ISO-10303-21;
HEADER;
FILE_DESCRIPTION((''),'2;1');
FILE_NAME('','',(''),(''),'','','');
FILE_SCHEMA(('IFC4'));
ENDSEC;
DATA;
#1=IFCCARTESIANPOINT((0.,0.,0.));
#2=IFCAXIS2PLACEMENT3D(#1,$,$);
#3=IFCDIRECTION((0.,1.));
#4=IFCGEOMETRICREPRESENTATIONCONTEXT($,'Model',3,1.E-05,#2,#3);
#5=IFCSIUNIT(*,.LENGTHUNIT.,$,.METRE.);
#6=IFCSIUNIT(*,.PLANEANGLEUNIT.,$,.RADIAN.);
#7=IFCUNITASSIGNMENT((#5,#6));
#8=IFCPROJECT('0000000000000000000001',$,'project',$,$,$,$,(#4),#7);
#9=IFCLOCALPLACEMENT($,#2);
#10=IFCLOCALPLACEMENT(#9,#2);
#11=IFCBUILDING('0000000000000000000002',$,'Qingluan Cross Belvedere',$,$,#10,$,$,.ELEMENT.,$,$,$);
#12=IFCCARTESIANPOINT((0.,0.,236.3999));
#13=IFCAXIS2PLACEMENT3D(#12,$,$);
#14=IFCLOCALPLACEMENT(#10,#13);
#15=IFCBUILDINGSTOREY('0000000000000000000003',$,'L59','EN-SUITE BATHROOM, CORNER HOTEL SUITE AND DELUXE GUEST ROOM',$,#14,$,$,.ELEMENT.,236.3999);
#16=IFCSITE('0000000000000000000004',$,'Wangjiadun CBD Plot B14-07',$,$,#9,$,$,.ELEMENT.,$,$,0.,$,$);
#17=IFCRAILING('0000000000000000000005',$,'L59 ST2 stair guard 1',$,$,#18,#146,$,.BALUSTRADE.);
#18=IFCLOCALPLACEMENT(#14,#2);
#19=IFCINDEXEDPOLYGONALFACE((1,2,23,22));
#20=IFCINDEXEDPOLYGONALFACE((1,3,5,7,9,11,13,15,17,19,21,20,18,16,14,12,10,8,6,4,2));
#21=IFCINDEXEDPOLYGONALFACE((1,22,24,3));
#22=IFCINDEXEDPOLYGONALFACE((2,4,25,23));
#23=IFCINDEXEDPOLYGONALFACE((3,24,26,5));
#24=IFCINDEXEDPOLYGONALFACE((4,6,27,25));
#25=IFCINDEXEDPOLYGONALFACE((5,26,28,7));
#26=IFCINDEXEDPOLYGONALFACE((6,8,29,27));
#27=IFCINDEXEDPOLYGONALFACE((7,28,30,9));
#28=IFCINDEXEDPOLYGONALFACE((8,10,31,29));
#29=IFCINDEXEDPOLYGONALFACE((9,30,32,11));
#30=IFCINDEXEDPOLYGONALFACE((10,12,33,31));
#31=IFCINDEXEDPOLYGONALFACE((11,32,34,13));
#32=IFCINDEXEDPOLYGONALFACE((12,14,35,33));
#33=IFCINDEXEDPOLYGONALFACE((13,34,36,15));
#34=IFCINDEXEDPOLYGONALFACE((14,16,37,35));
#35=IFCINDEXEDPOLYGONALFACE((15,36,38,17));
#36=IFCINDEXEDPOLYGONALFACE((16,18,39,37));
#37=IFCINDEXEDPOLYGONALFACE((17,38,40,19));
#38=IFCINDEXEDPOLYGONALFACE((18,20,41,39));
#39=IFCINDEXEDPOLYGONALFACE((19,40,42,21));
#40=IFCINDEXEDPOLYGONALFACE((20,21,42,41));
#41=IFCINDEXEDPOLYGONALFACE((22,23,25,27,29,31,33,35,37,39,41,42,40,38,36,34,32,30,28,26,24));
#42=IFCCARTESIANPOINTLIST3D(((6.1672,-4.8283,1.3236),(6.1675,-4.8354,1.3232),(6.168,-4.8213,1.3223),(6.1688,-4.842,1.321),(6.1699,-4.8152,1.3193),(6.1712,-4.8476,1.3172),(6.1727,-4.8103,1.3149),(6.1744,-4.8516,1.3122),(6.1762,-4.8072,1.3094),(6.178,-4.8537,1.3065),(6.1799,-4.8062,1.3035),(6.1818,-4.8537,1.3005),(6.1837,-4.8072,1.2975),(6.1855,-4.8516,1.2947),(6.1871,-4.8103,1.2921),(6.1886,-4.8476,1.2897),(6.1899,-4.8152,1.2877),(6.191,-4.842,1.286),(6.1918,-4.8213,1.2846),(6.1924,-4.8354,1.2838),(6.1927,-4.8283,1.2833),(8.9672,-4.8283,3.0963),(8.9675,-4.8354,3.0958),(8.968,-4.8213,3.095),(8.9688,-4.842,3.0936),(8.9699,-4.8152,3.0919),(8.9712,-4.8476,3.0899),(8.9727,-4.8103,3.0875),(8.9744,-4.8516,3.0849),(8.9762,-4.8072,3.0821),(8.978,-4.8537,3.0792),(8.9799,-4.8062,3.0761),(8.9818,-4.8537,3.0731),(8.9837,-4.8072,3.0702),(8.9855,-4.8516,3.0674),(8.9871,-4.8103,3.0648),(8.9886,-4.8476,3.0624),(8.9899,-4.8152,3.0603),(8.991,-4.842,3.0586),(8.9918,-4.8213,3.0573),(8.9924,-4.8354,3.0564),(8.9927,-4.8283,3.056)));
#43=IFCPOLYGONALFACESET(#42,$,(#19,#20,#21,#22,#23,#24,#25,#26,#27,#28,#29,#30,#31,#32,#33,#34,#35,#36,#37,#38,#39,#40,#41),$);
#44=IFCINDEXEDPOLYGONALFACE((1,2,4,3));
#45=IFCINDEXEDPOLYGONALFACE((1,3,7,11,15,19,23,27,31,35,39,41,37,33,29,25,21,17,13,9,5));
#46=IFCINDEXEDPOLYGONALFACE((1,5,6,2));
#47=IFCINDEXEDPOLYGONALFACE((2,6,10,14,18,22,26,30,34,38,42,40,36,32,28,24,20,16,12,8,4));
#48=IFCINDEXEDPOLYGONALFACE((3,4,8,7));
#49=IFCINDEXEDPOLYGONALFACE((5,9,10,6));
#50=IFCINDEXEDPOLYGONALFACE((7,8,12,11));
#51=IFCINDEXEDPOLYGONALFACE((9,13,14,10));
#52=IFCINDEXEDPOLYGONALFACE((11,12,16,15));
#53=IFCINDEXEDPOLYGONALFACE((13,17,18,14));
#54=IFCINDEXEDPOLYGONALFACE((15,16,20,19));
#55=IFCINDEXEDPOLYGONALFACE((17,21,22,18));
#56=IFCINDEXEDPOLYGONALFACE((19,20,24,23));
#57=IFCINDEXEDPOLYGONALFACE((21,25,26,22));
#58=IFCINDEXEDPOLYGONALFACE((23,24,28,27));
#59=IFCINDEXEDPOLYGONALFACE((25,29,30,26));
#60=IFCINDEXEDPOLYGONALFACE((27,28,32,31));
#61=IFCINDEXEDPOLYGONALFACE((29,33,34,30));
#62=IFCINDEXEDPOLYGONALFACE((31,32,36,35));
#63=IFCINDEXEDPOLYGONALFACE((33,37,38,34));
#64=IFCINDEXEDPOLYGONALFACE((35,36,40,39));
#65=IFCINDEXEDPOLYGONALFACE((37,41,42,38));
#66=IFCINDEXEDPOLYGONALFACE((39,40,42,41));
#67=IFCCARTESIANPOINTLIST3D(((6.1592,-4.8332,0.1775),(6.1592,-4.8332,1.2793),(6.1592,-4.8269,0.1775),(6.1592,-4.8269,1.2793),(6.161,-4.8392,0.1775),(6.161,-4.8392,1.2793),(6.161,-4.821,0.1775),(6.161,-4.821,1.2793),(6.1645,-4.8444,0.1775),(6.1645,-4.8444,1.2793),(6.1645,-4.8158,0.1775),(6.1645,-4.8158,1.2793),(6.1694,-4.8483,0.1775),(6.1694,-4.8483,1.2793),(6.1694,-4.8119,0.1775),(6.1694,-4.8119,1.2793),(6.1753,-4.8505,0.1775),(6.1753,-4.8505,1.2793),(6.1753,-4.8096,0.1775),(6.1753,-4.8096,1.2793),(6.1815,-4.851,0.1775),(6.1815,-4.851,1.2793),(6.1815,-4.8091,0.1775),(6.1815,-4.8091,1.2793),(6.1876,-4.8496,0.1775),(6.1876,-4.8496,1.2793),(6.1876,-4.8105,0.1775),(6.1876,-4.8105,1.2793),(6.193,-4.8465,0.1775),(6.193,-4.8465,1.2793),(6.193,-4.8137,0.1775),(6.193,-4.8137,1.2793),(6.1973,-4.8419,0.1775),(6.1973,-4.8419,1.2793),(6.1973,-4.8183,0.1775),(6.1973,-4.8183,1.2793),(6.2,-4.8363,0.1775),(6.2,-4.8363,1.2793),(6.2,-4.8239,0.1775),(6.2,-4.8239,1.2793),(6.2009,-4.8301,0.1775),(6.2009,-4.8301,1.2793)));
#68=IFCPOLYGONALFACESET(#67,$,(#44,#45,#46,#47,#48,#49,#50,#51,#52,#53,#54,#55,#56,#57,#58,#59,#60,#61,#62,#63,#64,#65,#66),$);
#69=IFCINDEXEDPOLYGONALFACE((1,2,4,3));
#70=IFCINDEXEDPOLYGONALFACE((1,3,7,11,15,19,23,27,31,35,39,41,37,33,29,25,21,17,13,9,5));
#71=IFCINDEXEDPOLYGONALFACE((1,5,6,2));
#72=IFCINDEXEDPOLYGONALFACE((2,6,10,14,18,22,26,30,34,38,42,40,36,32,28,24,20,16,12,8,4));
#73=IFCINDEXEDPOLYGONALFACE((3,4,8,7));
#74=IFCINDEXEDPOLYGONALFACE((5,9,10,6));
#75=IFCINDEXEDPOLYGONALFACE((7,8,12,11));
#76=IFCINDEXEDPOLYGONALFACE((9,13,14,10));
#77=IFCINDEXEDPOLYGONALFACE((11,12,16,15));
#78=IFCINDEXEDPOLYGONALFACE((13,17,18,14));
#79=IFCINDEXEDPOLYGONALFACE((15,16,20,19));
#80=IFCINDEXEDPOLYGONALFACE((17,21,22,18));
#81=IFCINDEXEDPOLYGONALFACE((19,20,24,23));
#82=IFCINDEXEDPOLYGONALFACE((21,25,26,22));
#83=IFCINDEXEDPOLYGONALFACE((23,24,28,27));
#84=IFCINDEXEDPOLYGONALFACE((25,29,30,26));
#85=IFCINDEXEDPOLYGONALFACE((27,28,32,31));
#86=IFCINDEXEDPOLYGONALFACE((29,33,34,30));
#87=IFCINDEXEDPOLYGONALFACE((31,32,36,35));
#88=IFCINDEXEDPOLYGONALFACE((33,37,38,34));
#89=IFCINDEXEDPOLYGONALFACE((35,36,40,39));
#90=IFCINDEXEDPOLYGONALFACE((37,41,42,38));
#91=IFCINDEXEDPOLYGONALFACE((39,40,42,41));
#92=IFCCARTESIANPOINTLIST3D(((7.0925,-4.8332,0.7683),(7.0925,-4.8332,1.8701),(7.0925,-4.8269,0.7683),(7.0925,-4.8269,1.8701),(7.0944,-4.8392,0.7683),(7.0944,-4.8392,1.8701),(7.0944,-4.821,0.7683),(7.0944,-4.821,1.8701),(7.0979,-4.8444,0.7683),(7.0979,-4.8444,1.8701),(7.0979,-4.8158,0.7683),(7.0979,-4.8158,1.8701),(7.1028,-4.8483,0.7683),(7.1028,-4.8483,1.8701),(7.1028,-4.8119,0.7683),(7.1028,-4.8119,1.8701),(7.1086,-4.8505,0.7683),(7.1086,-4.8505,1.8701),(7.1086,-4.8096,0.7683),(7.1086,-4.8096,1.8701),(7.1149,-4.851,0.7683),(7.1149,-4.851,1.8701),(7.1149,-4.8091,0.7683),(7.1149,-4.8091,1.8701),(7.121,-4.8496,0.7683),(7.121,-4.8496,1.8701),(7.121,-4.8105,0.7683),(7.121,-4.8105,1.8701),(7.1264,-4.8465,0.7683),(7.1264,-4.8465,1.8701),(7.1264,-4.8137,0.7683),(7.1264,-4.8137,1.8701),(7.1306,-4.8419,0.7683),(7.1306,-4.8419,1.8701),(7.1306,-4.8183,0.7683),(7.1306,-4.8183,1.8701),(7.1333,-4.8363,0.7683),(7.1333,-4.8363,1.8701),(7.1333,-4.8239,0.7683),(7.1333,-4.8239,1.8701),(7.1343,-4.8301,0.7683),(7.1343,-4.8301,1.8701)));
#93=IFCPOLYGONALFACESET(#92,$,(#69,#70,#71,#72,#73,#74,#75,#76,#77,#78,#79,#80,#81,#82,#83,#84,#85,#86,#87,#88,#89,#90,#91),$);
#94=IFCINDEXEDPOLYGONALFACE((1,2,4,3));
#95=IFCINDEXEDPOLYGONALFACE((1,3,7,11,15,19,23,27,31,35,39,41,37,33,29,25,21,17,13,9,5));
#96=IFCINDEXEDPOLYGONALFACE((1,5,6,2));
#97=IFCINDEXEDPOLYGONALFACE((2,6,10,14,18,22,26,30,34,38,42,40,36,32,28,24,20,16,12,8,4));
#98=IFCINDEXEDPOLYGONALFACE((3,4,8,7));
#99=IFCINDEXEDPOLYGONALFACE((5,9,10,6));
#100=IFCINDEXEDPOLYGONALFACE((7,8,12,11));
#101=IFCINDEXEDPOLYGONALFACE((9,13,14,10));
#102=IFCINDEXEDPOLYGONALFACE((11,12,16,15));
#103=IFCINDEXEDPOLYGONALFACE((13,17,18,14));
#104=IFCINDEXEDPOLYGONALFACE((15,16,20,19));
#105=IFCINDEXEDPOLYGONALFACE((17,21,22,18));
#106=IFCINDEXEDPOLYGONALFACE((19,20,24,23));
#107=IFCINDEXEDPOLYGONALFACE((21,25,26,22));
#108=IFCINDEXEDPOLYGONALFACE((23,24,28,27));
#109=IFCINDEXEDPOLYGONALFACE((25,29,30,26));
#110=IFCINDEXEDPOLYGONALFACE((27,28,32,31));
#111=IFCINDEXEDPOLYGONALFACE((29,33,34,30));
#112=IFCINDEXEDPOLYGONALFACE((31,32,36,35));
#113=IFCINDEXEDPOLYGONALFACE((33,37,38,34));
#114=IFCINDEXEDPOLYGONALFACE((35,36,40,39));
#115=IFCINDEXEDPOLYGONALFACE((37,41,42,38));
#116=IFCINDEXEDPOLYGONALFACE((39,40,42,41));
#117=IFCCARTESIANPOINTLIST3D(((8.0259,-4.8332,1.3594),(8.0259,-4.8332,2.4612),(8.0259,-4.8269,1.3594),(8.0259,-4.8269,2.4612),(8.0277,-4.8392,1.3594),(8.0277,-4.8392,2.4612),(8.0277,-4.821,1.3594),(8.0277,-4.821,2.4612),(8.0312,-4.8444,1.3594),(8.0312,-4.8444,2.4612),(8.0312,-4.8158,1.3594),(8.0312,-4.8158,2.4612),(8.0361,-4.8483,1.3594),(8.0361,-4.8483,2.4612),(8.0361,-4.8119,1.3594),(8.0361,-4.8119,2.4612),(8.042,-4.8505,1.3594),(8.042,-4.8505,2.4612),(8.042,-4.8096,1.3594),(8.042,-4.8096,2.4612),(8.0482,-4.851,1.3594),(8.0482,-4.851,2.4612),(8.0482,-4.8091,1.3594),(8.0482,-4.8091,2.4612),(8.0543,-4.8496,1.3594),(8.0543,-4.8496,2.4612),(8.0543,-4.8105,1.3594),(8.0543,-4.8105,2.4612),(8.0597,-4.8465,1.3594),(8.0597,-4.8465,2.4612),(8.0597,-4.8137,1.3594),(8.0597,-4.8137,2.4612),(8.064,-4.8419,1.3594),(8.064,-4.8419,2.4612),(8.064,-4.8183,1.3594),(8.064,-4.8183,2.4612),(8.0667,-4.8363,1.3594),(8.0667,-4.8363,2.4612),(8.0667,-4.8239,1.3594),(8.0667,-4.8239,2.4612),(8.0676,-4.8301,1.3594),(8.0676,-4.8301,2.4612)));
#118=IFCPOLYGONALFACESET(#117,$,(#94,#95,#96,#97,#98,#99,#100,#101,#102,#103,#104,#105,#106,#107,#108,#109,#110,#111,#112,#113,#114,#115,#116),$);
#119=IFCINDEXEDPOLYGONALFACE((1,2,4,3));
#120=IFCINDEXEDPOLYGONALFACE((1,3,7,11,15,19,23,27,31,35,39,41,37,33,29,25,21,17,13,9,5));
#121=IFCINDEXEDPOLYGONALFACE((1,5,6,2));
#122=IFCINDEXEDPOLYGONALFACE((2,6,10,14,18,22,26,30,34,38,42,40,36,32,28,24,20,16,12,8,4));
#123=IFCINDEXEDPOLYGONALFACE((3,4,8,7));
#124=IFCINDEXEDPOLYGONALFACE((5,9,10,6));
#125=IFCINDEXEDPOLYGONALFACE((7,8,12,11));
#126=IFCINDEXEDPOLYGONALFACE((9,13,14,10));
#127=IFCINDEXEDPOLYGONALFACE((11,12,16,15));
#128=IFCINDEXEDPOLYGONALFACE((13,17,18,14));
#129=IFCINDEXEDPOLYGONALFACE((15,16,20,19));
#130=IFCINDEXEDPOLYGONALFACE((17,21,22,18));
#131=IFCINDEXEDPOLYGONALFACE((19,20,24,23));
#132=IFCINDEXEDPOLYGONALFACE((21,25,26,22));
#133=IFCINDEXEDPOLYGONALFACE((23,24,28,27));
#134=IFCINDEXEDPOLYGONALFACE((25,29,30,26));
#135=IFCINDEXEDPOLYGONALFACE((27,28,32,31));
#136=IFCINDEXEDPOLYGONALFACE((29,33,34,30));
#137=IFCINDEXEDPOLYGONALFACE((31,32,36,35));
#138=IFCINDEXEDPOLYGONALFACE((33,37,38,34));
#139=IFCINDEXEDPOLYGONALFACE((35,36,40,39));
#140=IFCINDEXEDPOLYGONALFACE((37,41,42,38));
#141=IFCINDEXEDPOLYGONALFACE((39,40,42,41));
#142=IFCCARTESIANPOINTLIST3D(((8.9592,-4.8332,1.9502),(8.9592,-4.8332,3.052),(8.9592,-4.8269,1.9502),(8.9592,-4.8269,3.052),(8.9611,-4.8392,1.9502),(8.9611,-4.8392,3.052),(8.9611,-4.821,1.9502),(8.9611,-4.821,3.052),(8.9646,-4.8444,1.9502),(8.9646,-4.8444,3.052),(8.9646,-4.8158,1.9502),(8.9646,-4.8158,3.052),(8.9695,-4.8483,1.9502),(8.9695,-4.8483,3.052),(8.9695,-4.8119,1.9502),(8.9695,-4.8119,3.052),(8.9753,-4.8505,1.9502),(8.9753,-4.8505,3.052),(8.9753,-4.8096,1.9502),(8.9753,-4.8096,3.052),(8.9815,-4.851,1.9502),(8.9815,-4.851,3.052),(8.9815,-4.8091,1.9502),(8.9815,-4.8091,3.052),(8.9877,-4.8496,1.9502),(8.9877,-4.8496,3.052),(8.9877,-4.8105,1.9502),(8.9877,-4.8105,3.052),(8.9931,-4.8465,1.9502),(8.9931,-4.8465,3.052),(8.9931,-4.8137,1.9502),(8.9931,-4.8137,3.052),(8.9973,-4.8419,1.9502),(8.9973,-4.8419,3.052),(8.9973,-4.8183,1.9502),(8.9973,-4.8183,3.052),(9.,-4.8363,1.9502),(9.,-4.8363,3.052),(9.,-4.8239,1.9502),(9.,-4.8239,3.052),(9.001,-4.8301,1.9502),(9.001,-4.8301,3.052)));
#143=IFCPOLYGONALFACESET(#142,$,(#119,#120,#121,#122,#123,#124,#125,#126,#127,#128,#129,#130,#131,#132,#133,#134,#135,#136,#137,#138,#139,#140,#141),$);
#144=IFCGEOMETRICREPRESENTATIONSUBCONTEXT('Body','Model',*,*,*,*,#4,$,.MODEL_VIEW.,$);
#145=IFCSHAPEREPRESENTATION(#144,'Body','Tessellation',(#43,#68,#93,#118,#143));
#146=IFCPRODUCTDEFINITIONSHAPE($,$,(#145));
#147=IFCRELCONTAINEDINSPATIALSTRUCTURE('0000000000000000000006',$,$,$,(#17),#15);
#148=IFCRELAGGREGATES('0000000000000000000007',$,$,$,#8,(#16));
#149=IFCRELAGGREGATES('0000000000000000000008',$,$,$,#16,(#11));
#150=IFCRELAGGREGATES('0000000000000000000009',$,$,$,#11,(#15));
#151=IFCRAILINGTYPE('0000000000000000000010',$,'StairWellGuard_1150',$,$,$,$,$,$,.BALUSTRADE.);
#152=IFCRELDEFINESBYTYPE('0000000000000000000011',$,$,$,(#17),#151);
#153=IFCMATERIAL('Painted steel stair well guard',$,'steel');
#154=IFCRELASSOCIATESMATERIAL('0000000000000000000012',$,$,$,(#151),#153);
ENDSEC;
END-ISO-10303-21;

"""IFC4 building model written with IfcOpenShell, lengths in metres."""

from ifc_helpers import new_model, si_unit, direction, frame, origin, origin_2d, place, context, subcontext, project, spatial, circle, extrude, material, type_object, element, save


model = new_model("IFC4")

# Units and contexts
model_context = context("Model", 3, precision=1e-05, world=origin(), true_north=direction((0.0, 1.0)))
body_context = subcontext(model_context, "Body", "Model", "MODEL_VIEW")
ifc_project = project(units=[si_unit("LENGTHUNIT", "METRE"), si_unit("PLANEANGLEUNIT", "RADIAN")], contexts=[model_context])

# Site, building, storey
site_placement = place(None, origin())
site = spatial("IfcSite", under=ifc_project, at=site_placement, Name="Wangjiadun CBD Plot B14-07", CompositionType="ELEMENT", RefElevation=0.0)
building_placement = place(site_placement, origin())
building = spatial("IfcBuilding", under=site, at=building_placement, Name="Qingluan Cross Belvedere", CompositionType="ELEMENT")
storey_placement = place(building_placement, frame((0.0, 0.0, 236.3999)))
storey = spatial("IfcBuildingStorey", under=building, at=storey_placement, Name="L59", Description="EN-SUITE BATHROOM, CORNER HOTEL SUITE AND DELUXE GUEST ROOM", CompositionType="ELEMENT", Elevation=236.3999)

# Railing
ifc_material_1 = material(Name="Painted steel stair well guard", Category="steel")
railing_type_1 = type_object("IfcRailingType", Name="StairWellGuard_1150", PredefinedType="BALUSTRADE", material=ifc_material_1)
railing_1_placement = place(storey_placement, frame((6.1799, -4.8301, 0.1775)))
element("IfcRailing", 1, at=railing_1_placement, inside=storey, type_object=railing_type_1, Name="L59 ST2 stair guard 1", PredefinedType="BALUSTRADE", context=body_context, shape_type="SweptSolid", body=[
    extrude(circle(Radius=0.0239, at=origin_2d()), frame((0.0, 0.0, 1.126), z_axis=(0.844909, 0.0, 0.53491), x_axis=(0.0, 1.0, 0.0)), (0.0, 0.0, 1.0), 3.314),
    extrude(circle(Radius=0.021, at=origin_2d()), origin(), (0.0, 0.0, 1.0), 1.1018),
    extrude(circle(Radius=0.021, at=origin_2d()), frame((0.9333, 0.0, 0.5908)), (0.0, 0.0, 1.0), 1.1018),
    extrude(circle(Radius=0.021, at=origin_2d()), frame((1.8667, 0.0, 1.1819)), (0.0, 0.0, 1.0), 1.1018),
    extrude(circle(Radius=0.021, at=origin_2d()), frame((2.8, 0.0, 1.7727)), (0.0, 0.0, 1.0), 1.1018),
])

save(model, "model.ifc")
